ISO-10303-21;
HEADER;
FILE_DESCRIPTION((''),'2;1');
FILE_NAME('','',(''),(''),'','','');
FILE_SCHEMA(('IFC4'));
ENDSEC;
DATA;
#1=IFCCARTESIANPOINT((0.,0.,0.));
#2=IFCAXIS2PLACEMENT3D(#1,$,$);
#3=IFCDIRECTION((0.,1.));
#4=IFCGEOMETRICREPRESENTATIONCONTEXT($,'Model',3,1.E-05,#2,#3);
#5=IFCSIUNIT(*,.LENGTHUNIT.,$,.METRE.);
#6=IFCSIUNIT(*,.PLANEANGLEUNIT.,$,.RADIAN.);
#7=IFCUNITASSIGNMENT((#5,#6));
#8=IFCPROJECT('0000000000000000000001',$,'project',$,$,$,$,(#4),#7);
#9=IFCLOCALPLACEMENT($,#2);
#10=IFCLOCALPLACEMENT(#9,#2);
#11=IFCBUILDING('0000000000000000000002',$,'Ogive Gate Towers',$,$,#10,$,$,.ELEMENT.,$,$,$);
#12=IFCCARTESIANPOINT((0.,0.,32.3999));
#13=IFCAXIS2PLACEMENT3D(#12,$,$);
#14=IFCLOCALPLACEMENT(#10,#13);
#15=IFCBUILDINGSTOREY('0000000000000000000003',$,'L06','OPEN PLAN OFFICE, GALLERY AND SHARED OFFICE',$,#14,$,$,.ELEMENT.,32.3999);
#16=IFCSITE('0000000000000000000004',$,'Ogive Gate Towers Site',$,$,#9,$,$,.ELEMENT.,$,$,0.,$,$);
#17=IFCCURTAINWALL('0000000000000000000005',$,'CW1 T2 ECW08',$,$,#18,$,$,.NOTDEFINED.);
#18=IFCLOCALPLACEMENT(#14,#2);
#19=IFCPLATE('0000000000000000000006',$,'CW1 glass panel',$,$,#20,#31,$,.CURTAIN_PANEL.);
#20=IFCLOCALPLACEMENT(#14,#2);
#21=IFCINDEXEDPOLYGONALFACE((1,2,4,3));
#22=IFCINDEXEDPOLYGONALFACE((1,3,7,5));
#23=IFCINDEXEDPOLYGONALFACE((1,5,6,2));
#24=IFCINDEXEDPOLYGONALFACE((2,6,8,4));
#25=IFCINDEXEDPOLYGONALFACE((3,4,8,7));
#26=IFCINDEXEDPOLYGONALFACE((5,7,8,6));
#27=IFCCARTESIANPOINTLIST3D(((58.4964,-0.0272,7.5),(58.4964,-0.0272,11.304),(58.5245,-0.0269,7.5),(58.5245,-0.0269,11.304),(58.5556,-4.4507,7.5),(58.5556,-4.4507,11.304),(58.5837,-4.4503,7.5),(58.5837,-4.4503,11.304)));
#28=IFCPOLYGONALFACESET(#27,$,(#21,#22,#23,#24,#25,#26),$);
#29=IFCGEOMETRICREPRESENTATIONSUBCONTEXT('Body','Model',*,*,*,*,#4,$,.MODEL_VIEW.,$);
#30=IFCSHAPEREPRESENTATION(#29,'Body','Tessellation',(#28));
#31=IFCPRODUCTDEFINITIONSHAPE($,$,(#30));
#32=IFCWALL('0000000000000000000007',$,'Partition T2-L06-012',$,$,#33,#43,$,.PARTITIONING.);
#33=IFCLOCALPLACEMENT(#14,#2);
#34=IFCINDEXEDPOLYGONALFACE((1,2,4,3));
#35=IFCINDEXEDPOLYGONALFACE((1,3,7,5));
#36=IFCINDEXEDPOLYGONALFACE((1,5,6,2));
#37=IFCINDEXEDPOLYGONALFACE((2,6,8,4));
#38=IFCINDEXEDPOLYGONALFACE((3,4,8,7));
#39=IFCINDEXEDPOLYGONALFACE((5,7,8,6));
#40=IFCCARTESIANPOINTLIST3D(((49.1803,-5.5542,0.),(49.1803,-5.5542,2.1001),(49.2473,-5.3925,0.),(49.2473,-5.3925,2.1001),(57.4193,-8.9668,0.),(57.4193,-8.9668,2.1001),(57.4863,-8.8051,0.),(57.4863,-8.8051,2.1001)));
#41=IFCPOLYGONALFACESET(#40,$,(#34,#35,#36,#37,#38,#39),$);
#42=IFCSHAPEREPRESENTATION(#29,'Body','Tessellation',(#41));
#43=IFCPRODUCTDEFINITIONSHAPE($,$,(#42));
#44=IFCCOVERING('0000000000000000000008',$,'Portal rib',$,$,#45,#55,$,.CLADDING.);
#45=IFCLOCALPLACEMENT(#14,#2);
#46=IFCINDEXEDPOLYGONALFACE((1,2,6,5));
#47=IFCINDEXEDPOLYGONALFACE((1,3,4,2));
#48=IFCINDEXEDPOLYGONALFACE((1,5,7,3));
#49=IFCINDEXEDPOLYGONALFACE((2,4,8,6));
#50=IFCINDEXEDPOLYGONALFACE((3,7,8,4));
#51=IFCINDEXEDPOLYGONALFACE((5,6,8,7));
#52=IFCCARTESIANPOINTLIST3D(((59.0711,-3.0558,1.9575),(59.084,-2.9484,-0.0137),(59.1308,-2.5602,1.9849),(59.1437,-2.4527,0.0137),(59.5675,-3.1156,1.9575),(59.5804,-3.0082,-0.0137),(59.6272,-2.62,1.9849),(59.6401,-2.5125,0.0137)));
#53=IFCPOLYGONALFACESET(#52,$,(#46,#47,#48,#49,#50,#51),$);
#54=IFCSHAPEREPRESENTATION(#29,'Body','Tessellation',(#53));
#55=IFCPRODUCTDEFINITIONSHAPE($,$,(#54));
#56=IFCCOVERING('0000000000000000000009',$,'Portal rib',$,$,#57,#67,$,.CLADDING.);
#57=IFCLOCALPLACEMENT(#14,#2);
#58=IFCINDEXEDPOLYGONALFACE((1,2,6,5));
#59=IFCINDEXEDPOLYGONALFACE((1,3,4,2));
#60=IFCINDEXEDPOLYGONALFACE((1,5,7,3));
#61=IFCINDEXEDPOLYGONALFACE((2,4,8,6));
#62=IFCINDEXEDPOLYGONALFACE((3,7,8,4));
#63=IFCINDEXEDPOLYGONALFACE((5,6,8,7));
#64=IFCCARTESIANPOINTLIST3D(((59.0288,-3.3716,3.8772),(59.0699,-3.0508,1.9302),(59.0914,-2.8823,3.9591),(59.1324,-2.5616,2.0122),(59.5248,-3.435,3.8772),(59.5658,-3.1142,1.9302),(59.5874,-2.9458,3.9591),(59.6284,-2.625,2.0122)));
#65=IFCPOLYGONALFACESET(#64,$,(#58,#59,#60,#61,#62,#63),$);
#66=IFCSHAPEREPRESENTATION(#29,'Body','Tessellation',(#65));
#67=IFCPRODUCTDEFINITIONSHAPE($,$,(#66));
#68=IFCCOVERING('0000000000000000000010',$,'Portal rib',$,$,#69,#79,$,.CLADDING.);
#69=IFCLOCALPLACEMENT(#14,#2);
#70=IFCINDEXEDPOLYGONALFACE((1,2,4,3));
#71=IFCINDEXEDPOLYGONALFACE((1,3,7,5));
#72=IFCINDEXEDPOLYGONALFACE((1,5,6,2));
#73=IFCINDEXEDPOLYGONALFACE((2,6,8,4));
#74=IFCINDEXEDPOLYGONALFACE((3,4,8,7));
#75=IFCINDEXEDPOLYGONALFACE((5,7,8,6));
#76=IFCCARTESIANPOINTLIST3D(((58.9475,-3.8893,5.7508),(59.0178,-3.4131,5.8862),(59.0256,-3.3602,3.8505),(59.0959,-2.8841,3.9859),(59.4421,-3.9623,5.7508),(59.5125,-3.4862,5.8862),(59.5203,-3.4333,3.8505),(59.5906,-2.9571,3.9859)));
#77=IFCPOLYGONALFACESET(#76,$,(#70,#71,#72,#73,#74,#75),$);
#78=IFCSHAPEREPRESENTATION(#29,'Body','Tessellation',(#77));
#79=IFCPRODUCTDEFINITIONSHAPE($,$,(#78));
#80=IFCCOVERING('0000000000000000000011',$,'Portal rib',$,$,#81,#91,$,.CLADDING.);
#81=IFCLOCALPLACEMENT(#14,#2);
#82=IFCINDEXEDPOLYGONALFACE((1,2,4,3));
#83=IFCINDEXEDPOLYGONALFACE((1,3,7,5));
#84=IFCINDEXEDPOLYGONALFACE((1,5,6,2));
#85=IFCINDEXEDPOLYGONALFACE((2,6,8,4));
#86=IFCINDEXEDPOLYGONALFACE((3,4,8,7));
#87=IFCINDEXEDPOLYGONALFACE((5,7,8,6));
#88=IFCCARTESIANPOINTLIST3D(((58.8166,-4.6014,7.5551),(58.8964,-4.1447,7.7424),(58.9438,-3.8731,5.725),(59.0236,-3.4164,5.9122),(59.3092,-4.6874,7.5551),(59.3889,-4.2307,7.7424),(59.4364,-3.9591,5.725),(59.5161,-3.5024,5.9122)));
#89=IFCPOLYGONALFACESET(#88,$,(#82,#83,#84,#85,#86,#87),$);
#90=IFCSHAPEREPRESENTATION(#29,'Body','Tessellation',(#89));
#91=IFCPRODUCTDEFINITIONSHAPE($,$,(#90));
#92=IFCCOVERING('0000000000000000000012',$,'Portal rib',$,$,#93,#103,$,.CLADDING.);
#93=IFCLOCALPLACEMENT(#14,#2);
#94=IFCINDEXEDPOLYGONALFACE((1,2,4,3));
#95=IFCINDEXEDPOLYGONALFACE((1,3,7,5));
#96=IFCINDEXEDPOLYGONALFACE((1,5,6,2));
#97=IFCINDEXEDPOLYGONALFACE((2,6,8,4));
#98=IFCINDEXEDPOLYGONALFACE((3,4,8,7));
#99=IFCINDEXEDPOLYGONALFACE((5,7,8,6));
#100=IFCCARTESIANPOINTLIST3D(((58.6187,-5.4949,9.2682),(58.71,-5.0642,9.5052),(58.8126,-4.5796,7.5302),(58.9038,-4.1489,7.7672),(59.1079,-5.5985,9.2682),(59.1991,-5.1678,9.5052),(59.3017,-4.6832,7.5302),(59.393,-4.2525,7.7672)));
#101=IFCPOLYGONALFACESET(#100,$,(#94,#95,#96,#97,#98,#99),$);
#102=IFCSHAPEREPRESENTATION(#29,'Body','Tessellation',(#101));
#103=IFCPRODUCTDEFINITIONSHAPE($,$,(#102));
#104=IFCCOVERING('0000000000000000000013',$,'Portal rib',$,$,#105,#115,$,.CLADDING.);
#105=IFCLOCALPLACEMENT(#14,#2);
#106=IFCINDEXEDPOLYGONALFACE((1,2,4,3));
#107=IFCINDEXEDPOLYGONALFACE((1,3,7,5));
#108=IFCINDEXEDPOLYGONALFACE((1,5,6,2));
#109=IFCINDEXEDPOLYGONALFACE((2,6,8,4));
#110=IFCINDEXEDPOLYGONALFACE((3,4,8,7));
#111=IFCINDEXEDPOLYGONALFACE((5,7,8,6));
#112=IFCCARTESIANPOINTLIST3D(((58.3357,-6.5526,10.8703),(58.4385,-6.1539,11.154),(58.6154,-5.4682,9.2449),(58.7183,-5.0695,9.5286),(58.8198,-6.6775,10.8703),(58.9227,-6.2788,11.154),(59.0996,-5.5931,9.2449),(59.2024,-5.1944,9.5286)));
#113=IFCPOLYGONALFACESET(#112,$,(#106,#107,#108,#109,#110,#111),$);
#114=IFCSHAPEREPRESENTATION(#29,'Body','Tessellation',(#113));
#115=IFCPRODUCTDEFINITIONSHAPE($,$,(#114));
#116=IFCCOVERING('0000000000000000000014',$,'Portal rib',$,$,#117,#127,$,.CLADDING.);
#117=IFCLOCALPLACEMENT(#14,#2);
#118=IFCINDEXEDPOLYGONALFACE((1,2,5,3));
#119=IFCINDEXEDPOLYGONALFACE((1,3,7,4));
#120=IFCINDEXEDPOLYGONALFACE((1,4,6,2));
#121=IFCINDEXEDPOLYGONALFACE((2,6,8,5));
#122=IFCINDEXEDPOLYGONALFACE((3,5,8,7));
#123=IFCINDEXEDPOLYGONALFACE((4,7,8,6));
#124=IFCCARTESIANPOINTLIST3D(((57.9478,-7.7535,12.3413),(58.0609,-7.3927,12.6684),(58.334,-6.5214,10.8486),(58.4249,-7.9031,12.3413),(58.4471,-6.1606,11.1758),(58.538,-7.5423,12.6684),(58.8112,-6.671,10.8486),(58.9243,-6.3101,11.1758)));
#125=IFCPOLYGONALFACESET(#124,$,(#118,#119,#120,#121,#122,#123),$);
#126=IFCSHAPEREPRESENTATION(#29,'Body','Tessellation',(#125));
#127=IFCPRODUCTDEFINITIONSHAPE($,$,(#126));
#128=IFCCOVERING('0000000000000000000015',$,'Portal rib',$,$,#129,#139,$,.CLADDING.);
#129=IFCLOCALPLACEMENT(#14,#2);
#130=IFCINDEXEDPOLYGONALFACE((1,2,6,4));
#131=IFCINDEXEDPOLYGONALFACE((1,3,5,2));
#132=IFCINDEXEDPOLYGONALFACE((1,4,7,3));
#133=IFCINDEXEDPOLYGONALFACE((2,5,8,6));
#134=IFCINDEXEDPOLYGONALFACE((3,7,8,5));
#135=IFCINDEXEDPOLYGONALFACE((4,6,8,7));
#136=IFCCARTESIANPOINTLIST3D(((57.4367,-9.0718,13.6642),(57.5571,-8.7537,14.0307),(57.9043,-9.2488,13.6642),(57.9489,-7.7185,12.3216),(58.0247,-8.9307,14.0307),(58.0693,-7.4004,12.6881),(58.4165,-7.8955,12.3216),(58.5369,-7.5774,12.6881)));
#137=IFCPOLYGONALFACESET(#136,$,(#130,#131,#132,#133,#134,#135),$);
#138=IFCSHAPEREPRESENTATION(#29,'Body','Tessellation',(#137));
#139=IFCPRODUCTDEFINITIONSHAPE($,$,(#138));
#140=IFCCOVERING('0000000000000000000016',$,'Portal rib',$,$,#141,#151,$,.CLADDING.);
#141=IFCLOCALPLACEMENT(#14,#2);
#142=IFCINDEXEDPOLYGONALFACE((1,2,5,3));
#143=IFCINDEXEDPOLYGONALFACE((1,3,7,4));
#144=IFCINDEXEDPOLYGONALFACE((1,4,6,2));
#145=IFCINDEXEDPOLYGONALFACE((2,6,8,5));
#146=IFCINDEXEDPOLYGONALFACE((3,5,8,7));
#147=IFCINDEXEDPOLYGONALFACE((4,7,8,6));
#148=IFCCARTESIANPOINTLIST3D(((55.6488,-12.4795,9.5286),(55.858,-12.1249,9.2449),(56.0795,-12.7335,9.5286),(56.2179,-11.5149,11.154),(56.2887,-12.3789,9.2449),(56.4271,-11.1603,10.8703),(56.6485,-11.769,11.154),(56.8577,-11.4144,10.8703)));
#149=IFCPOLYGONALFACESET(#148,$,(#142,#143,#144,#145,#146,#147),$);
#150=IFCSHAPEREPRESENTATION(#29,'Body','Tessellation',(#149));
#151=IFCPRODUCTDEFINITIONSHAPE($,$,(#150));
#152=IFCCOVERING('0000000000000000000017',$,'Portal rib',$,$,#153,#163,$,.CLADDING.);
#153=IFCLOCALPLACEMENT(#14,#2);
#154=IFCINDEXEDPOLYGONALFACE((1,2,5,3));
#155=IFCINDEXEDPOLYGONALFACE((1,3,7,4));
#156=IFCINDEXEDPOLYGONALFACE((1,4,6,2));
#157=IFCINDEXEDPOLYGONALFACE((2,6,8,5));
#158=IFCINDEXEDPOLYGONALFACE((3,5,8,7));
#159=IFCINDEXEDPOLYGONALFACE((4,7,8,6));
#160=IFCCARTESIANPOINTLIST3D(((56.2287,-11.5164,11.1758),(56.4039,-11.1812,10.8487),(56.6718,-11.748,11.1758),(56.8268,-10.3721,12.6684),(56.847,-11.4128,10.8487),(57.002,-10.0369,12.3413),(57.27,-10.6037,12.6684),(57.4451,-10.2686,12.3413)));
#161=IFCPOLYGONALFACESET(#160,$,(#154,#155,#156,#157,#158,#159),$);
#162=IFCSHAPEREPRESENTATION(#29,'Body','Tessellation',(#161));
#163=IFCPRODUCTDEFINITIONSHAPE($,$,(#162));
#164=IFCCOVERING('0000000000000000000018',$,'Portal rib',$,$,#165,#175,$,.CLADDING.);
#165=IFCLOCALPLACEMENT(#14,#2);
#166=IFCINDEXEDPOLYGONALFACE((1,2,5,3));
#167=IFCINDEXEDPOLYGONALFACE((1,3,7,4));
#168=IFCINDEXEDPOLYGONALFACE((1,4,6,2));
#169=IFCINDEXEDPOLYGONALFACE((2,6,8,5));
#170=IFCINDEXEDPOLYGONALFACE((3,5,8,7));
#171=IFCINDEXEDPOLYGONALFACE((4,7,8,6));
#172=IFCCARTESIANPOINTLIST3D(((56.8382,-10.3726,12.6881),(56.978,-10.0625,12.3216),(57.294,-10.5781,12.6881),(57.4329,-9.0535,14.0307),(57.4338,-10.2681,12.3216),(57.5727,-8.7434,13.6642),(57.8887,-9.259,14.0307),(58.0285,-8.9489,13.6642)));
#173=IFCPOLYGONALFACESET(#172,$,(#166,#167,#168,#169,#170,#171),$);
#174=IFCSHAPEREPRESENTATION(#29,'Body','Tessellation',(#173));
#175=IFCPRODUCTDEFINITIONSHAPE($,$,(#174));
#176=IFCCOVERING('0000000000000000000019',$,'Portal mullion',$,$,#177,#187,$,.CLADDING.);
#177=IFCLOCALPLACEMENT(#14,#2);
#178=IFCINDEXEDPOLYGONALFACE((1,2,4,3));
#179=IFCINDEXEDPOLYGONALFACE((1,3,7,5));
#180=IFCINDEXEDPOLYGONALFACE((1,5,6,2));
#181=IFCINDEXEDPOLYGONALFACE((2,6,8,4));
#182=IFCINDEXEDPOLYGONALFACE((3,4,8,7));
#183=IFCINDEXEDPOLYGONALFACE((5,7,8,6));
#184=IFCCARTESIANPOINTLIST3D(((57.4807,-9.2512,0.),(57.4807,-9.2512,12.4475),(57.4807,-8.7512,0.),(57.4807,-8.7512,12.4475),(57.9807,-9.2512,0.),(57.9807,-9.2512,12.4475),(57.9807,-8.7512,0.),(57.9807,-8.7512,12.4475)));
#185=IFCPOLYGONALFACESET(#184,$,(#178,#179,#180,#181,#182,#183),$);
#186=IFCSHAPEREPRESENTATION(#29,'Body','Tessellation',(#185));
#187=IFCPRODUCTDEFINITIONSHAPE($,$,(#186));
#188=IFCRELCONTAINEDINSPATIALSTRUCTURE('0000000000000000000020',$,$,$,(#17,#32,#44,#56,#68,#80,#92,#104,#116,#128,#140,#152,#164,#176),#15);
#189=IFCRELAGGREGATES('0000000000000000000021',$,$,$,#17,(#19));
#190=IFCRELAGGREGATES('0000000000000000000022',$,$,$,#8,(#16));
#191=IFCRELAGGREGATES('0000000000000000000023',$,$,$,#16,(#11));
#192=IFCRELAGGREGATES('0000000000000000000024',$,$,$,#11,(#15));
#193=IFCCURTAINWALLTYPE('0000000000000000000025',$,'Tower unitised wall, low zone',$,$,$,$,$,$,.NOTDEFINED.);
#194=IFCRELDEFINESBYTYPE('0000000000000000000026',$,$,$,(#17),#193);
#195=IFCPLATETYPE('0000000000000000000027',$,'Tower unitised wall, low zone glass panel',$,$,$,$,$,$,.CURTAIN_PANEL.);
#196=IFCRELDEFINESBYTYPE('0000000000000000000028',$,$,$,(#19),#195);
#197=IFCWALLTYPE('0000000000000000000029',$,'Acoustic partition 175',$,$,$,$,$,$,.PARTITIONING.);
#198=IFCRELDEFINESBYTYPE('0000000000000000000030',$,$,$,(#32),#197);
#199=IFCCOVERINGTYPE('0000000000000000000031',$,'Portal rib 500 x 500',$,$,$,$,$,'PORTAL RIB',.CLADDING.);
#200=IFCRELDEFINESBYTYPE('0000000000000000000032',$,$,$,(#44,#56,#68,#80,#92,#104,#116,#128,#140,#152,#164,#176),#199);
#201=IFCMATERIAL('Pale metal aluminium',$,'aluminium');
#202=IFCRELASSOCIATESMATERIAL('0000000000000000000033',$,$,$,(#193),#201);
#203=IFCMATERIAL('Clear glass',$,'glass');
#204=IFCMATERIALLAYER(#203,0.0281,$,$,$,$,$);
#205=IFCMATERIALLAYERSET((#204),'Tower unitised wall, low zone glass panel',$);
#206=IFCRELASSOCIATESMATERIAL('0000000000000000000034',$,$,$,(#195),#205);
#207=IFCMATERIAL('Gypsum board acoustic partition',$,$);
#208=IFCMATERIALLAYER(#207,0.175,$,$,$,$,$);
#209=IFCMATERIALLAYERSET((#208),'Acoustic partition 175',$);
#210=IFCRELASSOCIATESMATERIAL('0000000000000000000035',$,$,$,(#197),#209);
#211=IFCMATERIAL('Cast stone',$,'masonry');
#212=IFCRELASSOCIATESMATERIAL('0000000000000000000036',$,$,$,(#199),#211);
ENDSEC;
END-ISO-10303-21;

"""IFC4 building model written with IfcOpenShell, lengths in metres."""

from ifc_helpers import new_model, si_unit, direction, frame, frame_2d, origin, origin_2d, place, context, subcontext, project, spatial, rectangle, extrude, material, layer, layer_set, material_profile, profile_set, type_object, element, aggregate, save


model = new_model("IFC4")

# Units and contexts
model_context = context("Model", 3, precision=1e-05, world=origin(), true_north=direction((0.0, 1.0)))
body_context = subcontext(model_context, "Body", "Model", "MODEL_VIEW")
ifc_project = project(units=[si_unit("LENGTHUNIT", "METRE"), si_unit("PLANEANGLEUNIT", "RADIAN")], contexts=[model_context])

# Site, building, storey
site_placement = place(None, origin())
site = spatial("IfcSite", under=ifc_project, at=site_placement, Name="Ogive Gate Towers Site", CompositionType="ELEMENT", RefElevation=0.0)
building_placement = place(site_placement, origin())
building = spatial("IfcBuilding", under=site, at=building_placement, Name="Ogive Gate Towers", CompositionType="ELEMENT")
storey_placement = place(building_placement, frame((0.0, 0.0, 32.3999)))
storey = spatial("IfcBuildingStorey", under=building, at=storey_placement, Name="L06", Description="OPEN PLAN OFFICE, GALLERY AND SHARED OFFICE", CompositionType="ELEMENT", Elevation=32.3999)

# Curtain wall, plate
ifc_material_1 = material(Name="Pale metal aluminium", Category="aluminium")
curtain_wall_type = type_object("IfcCurtainWallType", Name="Tower unitised wall, low zone", PredefinedType="NOTDEFINED", material=ifc_material_1)
curtain_wall_placement = place(storey_placement, origin())
curtain_wall = element("IfcCurtainWall", 1, at=curtain_wall_placement, inside=storey, type_object=curtain_wall_type, Name="CW1 T2 ECW08", PredefinedType="NOTDEFINED")
ifc_material_2 = material(Name="Clear glass", Category="glass")
ifc_layer_1 = layer(ifc_material_2, 0.0281)
ifc_layer_set_1 = layer_set([ifc_layer_1], Name="Tower unitised wall, low zone glass panel")
plate_type = type_object("IfcPlateType", Name="Tower unitised wall, low zone glass panel", PredefinedType="CURTAIN_PANEL", material=ifc_layer_set_1)
plate_1_placement = place(storey_placement, frame((58.54, -2.2388, 7.5), z_axis=(0.0, 0.0, 1.0), x_axis=(-0.013386, 0.99991, 0.0)))
plate_1 = element("IfcPlate", 2, at=plate_1_placement, type_object=plate_type, Name="CW1 glass panel", PredefinedType="CURTAIN_PANEL", context=body_context, shape_type="SweptSolid", body=[
    extrude(rectangle(XDim=4.4238, YDim=0.0281, at=origin_2d()), origin(), (0.0, 0.0, 1.0), 3.804),
])
aggregate(curtain_wall, [plate_1])

# Wall
ifc_material_3 = material(Name="Gypsum board acoustic partition")
ifc_layer_2 = layer(ifc_material_3, 0.175)
ifc_layer_set_2 = layer_set([ifc_layer_2], Name="Acoustic partition 175")
wall_type = type_object("IfcWallType", Name="Acoustic partition 175", PredefinedType="PARTITIONING", material=ifc_layer_set_2)
wall_placement = place(storey_placement, frame((57.4529, -8.886, 0.0), z_axis=(0.0, 0.0, 1.0), x_axis=(-0.923884, 0.382673, 0.0)))
element("IfcWall", 3, at=wall_placement, inside=storey, type_object=wall_type, Name="Partition T2-L06-012", PredefinedType="PARTITIONING", context=body_context, shape_type="SweptSolid", body=[
    extrude(rectangle(XDim=8.9177, YDim=0.175, at=frame_2d((4.459, 0.0))), origin(), (0.0, 0.0, 1.0), 2.1001),
])

# Coverings
ifc_material_4 = material(Name="Cast stone", Category="masonry")
ifc_material_profile_1 = material_profile(ifc_material_4, rectangle(XDim=0.5, YDim=0.5, at=origin_2d()), Name="500 x 500 cast stone")
ifc_profile_set_1 = profile_set([ifc_material_profile_1], Name="Cast stone")
covering_type = type_object("IfcCoveringType", Name="Portal rib 500 x 500", ElementType="PORTAL RIB", PredefinedType="CLADDING", material=ifc_profile_set_1)
covering_1_placement = place(storey_placement, frame((59.3621, -2.7305, 0.0), z_axis=(-0.006554, -0.054414, 0.998497), x_axis=(0.992823, -0.11959, 0.0)))
element("IfcCovering", 4, at=covering_1_placement, inside=storey, type_object=covering_type, Name="Portal rib", PredefinedType="CLADDING", context=body_context, shape_type="SweptSolid", body=[
    extrude(rectangle(XDim=0.5, YDim=0.5, at=origin_2d()), origin(), (0.0, 0.0, 1.0), 1.9741),
])
covering_2_placement = place(storey_placement, frame((59.3491, -2.8379, 1.9712), z_axis=(-0.020781, -0.162538, 0.986483), x_axis=(0.991926, -0.126822, 0.0)))
element("IfcCovering", 5, at=covering_2_placement, inside=storey, type_object=covering_type, Name="Portal rib", PredefinedType="CLADDING", context=body_context, shape_type="SweptSolid", body=[
    extrude(rectangle(XDim=0.5, YDim=0.5, at=origin_2d()), origin(), (0.0, 0.0, 1.0), 1.9736),
])
covering_3_placement = place(storey_placement, frame((59.3081, -3.1587, 3.9182), z_axis=(-0.039573, -0.267983, 0.962611), x_axis=(0.989272, -0.146085, 0.0)))
element("IfcCovering", 6, at=covering_3_placement, inside=storey, type_object=covering_type, Name="Portal rib", PredefinedType="CLADDING", context=body_context, shape_type="SweptSolid", body=[
    extrude(rectangle(XDim=0.5, YDim=0.5, at=origin_2d()), origin(), (0.0, 0.0, 1.0), 1.9741),
])
for number, where, z_axis, x_axis, name in (
    (7, (59.23, -3.6877, 5.8186), (-0.064444, -0.368976, 0.927202), (0.985088, -0.172052, 0.0), "Portal rib"),
    (8, (59.1028, -4.416, 7.6487), (-0.098208, -0.463704, 0.88053), (0.9783, -0.207194, 0.0), "Portal rib"),
    (9, (58.9089, -5.3313, 9.3867), (-0.141737, -0.549386, 0.82346), (0.968294, -0.249812, 0.0), "Portal rib"),
):
    element("IfcCovering", number, at=place(storey_placement, frame(where, z_axis=z_axis, x_axis=x_axis)), inside=storey, type_object=covering_type, Name=name, PredefinedType="CLADDING", context=body_context, shape_type="SweptSolid", body=[
        extrude(rectangle(XDim=0.5, YDim=0.5, at=origin_2d()), origin(), (0.0, 0.0, 1.0), 1.9739),
    ])
covering_4_placement = place(storey_placement, frame((58.6292, -6.4158, 11.0122), z_axis=(-0.195688, -0.624296, 0.756281), x_axis=(0.954221, -0.299104, 0.0)))
element("IfcCovering", 10, at=covering_4_placement, inside=storey, type_object=covering_type, Name="Portal rib", PredefinedType="CLADDING", context=body_context, shape_type="SweptSolid", body=[
    extrude(rectangle(XDim=0.5, YDim=0.5, at=origin_2d()), origin(), (0.0, 0.0, 1.0), 1.9736),
])
for number, where, z_axis, x_axis, name in (
    (11, (58.2429, -7.6479, 12.5049), (-0.259496, -0.6856, 0.680158), (0.93525, -0.353988, 0.0), "Portal rib"),
    (12, (55.9688, -12.4292, 9.3867), (0.288299, 0.488661, 0.823464), (-0.861278, 0.508134, 0.0), "Portal rib"),
):
    element("IfcCovering", number, at=place(storey_placement, frame(where, z_axis=z_axis, x_axis=x_axis)), inside=storey, type_object=covering_type, Name=name, PredefinedType="CLADDING", context=body_context, shape_type="SweptSolid", body=[
        extrude(rectangle(XDim=0.5, YDim=0.5, at=origin_2d()), origin(), (0.0, 0.0, 1.0), 1.9739),
    ])
covering_5_placement = place(storey_placement, frame((56.5378, -11.4646, 11.0122), z_axis=(0.303067, 0.579785, 0.756306), x_axis=(-0.886227, 0.463251, 0.0)))
element("IfcCovering", 13, at=covering_5_placement, inside=storey, type_object=covering_type, Name="Portal rib", PredefinedType="CLADDING", context=body_context, shape_type="SweptSolid", body=[
    extrude(rectangle(XDim=0.5, YDim=0.5, at=origin_2d()), origin(), (0.0, 0.0, 1.0), 1.9736),
])
covering_6_placement = place(storey_placement, frame((57.136, -10.3203, 12.5049), z_axis=(0.301303, 0.668283, 0.680157), x_axis=(-0.911628, 0.411017, 0.0)))
element("IfcCovering", 14, at=covering_6_placement, inside=storey, type_object=covering_type, Name="Portal rib", PredefinedType="CLADDING", context=body_context, shape_type="SweptSolid", body=[
    extrude(rectangle(XDim=0.5, YDim=0.5, at=origin_2d()), origin(), (0.0, 0.0, 1.0), 1.9739),
])
covering_7_placement = place(storey_placement, frame((57.7307, -9.0012, 0.0), z_axis=(0.0, 0.0, 1.0), x_axis=(1.0, 0.0, 0.0)))
element("IfcCovering", 15, at=covering_7_placement, inside=storey, type_object=covering_type, Name="Portal mullion", PredefinedType="CLADDING", context=body_context, shape_type="SweptSolid", body=[
    extrude(rectangle(XDim=0.5, YDim=0.5, at=origin_2d()), origin(), (0.0, 0.0, 1.0), 12.4475),
])

save(model, "model.ifc")
